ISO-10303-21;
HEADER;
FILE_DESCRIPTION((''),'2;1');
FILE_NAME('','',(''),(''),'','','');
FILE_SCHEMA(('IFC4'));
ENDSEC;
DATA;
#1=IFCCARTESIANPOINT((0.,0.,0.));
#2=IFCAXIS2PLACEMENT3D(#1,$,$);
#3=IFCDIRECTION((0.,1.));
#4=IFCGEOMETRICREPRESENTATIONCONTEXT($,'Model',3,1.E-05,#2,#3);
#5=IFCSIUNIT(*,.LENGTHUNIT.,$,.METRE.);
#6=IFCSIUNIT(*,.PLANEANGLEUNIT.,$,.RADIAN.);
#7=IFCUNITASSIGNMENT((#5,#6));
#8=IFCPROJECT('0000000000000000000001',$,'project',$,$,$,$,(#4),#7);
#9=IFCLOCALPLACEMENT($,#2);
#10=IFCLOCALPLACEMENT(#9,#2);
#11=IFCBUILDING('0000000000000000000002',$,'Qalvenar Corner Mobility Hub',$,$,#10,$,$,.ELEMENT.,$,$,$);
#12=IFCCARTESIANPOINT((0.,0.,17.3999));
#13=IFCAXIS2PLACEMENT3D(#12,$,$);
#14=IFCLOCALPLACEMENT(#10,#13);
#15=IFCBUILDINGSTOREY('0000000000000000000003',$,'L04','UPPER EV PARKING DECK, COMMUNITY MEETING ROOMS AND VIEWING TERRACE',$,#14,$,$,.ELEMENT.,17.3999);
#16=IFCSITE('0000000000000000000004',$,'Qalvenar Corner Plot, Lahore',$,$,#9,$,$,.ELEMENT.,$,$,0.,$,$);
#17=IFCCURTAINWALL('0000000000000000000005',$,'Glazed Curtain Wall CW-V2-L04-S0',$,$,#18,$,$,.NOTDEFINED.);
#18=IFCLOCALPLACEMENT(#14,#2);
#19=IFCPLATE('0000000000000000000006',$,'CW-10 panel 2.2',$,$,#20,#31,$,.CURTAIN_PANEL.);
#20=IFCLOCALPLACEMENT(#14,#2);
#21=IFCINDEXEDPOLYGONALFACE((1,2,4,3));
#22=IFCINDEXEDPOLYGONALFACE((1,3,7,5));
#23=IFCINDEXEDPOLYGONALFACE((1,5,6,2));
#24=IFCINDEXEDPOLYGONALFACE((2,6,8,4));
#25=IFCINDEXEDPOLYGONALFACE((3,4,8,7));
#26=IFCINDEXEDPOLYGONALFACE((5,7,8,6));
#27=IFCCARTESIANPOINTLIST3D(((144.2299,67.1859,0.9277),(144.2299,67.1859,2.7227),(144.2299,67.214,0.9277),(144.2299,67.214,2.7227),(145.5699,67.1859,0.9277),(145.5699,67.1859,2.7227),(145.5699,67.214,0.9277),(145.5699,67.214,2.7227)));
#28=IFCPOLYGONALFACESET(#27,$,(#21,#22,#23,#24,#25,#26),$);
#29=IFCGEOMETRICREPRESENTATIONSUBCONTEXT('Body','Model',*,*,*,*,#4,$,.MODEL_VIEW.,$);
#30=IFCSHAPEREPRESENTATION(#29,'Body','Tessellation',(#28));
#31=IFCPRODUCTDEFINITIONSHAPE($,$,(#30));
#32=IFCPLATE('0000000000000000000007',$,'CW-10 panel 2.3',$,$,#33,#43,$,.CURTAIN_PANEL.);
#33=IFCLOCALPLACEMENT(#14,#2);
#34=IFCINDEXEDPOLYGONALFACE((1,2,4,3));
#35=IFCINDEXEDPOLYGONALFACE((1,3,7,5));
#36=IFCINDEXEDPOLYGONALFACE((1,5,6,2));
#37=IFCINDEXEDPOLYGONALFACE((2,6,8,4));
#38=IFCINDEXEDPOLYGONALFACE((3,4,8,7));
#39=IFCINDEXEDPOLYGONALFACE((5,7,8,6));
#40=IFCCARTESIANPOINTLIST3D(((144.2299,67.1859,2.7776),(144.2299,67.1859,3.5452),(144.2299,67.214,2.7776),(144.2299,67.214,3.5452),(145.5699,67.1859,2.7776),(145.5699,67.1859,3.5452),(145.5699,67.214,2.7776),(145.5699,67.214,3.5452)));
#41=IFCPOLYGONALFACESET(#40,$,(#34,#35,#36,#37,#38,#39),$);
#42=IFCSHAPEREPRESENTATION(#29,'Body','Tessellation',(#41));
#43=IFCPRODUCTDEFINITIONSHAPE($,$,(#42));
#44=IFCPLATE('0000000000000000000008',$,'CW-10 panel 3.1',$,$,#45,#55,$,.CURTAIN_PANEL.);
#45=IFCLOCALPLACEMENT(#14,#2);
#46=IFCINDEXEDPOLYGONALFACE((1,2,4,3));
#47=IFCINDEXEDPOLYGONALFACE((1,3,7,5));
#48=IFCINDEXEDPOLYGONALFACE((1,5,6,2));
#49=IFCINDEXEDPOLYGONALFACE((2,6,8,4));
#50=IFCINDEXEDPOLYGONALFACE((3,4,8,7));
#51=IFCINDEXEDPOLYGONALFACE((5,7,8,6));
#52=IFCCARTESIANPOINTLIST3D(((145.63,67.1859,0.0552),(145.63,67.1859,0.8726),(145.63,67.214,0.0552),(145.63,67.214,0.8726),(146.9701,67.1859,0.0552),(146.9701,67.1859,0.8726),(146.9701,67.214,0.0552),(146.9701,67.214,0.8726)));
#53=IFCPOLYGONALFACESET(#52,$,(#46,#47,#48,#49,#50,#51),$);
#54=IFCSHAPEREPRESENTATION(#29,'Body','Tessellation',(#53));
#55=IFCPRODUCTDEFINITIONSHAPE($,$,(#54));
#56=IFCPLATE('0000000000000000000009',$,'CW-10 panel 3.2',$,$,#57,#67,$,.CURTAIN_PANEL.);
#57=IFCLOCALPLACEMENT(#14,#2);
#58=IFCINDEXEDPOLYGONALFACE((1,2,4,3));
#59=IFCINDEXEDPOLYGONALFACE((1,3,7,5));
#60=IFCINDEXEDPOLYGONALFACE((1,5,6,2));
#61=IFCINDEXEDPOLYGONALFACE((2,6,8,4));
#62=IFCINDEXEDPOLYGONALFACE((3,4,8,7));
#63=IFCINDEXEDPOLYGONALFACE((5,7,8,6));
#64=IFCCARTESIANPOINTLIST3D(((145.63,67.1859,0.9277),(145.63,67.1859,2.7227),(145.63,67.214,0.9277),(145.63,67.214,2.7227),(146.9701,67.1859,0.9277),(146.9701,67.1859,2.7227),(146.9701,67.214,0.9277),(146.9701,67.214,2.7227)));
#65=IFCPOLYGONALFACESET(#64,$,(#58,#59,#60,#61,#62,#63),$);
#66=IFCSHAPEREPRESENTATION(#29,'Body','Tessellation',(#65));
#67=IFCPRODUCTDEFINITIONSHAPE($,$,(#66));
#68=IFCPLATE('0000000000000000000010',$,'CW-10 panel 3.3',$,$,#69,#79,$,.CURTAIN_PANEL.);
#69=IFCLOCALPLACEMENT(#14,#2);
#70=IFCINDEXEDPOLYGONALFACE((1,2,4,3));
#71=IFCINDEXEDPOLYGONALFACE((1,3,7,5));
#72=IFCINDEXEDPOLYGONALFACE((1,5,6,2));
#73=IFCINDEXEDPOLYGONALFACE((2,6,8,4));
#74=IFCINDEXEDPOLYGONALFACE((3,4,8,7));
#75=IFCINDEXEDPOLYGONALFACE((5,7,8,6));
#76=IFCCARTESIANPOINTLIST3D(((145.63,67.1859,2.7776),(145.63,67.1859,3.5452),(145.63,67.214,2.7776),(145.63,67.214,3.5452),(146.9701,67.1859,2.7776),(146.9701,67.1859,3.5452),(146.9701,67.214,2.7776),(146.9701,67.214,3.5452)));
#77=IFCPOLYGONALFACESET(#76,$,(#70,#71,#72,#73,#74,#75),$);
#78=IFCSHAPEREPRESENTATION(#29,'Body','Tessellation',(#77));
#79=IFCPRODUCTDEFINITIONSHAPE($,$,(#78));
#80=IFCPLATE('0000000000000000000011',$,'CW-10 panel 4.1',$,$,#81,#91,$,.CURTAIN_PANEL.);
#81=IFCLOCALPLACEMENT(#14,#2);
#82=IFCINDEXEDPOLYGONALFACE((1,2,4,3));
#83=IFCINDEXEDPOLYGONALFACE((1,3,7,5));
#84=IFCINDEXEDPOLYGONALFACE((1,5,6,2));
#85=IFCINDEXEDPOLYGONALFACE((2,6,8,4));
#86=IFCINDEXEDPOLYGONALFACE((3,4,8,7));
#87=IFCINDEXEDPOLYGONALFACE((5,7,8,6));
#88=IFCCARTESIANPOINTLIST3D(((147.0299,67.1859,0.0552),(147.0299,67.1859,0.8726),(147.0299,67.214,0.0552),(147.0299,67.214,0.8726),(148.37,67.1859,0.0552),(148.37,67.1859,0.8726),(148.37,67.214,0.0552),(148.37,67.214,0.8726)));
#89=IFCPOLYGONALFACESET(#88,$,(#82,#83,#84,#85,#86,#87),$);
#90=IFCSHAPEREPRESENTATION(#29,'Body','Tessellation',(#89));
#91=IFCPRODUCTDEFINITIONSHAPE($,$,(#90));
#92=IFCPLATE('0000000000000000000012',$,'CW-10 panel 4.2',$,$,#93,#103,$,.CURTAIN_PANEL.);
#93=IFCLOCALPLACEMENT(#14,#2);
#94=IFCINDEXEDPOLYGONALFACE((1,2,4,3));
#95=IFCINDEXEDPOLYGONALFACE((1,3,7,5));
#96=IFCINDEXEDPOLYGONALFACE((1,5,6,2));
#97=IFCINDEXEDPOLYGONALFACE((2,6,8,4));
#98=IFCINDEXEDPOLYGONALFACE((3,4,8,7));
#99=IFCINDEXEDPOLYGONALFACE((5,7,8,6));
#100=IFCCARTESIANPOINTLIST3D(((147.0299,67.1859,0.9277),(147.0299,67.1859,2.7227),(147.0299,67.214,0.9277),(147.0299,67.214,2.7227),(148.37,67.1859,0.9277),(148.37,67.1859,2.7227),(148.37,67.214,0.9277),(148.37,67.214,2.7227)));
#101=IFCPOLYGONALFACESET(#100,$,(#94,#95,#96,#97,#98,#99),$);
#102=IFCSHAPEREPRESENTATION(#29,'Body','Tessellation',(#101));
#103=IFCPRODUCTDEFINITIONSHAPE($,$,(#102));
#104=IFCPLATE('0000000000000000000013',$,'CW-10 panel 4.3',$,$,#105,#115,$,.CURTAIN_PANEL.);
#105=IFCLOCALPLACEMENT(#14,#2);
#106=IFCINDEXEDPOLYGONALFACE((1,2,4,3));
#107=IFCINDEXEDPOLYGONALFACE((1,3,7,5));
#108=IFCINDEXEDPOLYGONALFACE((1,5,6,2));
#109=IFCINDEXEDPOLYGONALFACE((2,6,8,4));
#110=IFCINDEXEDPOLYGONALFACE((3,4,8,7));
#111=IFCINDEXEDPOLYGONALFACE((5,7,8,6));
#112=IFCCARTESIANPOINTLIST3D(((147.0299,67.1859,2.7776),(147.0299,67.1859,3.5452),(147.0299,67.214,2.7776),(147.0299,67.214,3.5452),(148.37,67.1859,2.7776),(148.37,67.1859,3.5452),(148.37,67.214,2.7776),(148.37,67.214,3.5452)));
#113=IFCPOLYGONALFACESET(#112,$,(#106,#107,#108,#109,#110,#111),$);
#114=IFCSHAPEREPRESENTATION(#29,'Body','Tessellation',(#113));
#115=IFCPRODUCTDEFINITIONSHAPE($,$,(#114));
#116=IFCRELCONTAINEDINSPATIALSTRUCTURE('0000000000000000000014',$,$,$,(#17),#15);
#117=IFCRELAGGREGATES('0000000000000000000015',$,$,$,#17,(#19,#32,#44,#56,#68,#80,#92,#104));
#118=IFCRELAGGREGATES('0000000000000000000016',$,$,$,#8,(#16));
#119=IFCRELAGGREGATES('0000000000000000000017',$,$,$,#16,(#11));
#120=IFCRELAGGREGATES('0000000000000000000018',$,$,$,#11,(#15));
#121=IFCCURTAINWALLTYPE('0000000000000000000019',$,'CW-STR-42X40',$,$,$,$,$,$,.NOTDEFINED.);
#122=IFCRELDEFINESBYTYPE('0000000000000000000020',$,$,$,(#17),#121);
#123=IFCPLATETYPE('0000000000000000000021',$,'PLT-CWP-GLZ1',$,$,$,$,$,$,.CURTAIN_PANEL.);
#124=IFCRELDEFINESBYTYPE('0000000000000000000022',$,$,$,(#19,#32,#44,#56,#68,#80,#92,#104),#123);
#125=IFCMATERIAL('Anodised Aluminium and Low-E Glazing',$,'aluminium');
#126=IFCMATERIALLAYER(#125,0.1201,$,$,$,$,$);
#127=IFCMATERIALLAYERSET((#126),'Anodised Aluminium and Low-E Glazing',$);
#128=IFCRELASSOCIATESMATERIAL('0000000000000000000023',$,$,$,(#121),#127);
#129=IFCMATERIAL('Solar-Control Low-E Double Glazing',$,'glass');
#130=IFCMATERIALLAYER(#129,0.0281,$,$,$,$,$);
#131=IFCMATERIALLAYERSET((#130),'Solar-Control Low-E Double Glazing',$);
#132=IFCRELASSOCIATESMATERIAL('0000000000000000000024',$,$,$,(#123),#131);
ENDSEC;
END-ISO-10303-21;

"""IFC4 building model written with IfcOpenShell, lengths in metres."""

from ifc_helpers import new_model, si_unit, direction, frame, origin, origin_2d, place, context, subcontext, project, spatial, rectangle, extrude, material, layer, layer_set, type_object, element, aggregate, save


model = new_model("IFC4")

# Units and contexts
model_context = context("Model", 3, precision=1e-05, world=origin(), true_north=direction((0.0, 1.0)))
body_context = subcontext(model_context, "Body", "Model", "MODEL_VIEW")
ifc_project = project(units=[si_unit("LENGTHUNIT", "METRE"), si_unit("PLANEANGLEUNIT", "RADIAN")], contexts=[model_context])

# Site, building, storey
site_placement = place(None, origin())
site = spatial("IfcSite", under=ifc_project, at=site_placement, Name="Qalvenar Corner Plot, Lahore", CompositionType="ELEMENT", RefElevation=0.0)
building_placement = place(site_placement, origin())
building = spatial("IfcBuilding", under=site, at=building_placement, Name="Qalvenar Corner Mobility Hub", CompositionType="ELEMENT")
storey_placement = place(building_placement, frame((0.0, 0.0, 17.3999)))
storey = spatial("IfcBuildingStorey", under=building, at=storey_placement, Name="L04", Description="UPPER EV PARKING DECK, COMMUNITY MEETING ROOMS AND VIEWING TERRACE", CompositionType="ELEMENT", Elevation=17.3999)

# Curtain wall, plates
ifc_material_1 = material(Name="Anodised Aluminium and Low-E Glazing", Category="aluminium")
ifc_layer_1 = layer(ifc_material_1, 0.1201)
ifc_layer_set_1 = layer_set([ifc_layer_1], Name="Anodised Aluminium and Low-E Glazing")
curtain_wall_type = type_object("IfcCurtainWallType", Name="CW-STR-42X40", PredefinedType="NOTDEFINED", material=ifc_layer_set_1)
curtain_wall_placement = place(storey_placement, origin())
curtain_wall = element("IfcCurtainWall", 1, at=curtain_wall_placement, inside=storey, type_object=curtain_wall_type, Name="Glazed Curtain Wall CW-V2-L04-S0", PredefinedType="NOTDEFINED")
ifc_material_2 = material(Name="Solar-Control Low-E Double Glazing", Category="glass")
ifc_layer_2 = layer(ifc_material_2, 0.0281)
ifc_layer_set_2 = layer_set([ifc_layer_2], Name="Solar-Control Low-E Double Glazing")
plate_type = type_object("IfcPlateType", Name="PLT-CWP-GLZ1", PredefinedType="CURTAIN_PANEL", material=ifc_layer_set_2)
plate_1_placement = place(storey_placement, frame((144.8999, 67.2, 0.9277), z_axis=(0.0, 0.0, 1.0), x_axis=(1.0, 0.0, 0.0)))
plate_1 = element("IfcPlate", 2, at=plate_1_placement, type_object=plate_type, Name="CW-10 panel 2.2", PredefinedType="CURTAIN_PANEL", context=body_context, shape_type="SweptSolid", body=[
    extrude(rectangle(XDim=1.3401, YDim=0.0281, at=origin_2d()), origin(), (0.0, 0.0, 1.0), 1.7949),
])
plate_2_placement = place(storey_placement, frame((144.8999, 67.2, 2.7776), z_axis=(0.0, 0.0, 1.0), x_axis=(1.0, 0.0, 0.0)))
plate_2 = element("IfcPlate", 3, at=plate_2_placement, type_object=plate_type, Name="CW-10 panel 2.3", PredefinedType="CURTAIN_PANEL", context=body_context, shape_type="SweptSolid", body=[
    extrude(rectangle(XDim=1.3401, YDim=0.0281, at=origin_2d()), origin(), (0.0, 0.0, 1.0), 0.7676),
])
plate_3_placement = place(storey_placement, frame((146.3, 67.2, 0.0552), z_axis=(0.0, 0.0, 1.0), x_axis=(1.0, 0.0, 0.0)))
plate_3 = element("IfcPlate", 4, at=plate_3_placement, type_object=plate_type, Name="CW-10 panel 3.1", PredefinedType="CURTAIN_PANEL", context=body_context, shape_type="SweptSolid", body=[
    extrude(rectangle(XDim=1.3401, YDim=0.0281, at=origin_2d()), origin(), (0.0, 0.0, 1.0), 0.8174),
])
plate_4_placement = place(storey_placement, frame((146.3, 67.2, 0.9277), z_axis=(0.0, 0.0, 1.0), x_axis=(1.0, 0.0, 0.0)))
plate_4 = element("IfcPlate", 5, at=plate_4_placement, type_object=plate_type, Name="CW-10 panel 3.2", PredefinedType="CURTAIN_PANEL", context=body_context, shape_type="SweptSolid", body=[
    extrude(rectangle(XDim=1.3401, YDim=0.0281, at=origin_2d()), origin(), (0.0, 0.0, 1.0), 1.7949),
])
plate_5_placement = place(storey_placement, frame((146.3, 67.2, 2.7776), z_axis=(0.0, 0.0, 1.0), x_axis=(1.0, 0.0, 0.0)))
plate_5 = element("IfcPlate", 6, at=plate_5_placement, type_object=plate_type, Name="CW-10 panel 3.3", PredefinedType="CURTAIN_PANEL", context=body_context, shape_type="SweptSolid", body=[
    extrude(rectangle(XDim=1.3401, YDim=0.0281, at=origin_2d()), origin(), (0.0, 0.0, 1.0), 0.7676),
])
plate_6_placement = place(storey_placement, frame((147.7, 67.2, 0.0552), z_axis=(0.0, 0.0, 1.0), x_axis=(1.0, 0.0, 0.0)))
plate_6 = element("IfcPlate", 7, at=plate_6_placement, type_object=plate_type, Name="CW-10 panel 4.1", PredefinedType="CURTAIN_PANEL", context=body_context, shape_type="SweptSolid", body=[
    extrude(rectangle(XDim=1.3401, YDim=0.0281, at=origin_2d()), origin(), (0.0, 0.0, 1.0), 0.8174),
])
plate_7_placement = place(storey_placement, frame((147.7, 67.2, 0.9277), z_axis=(0.0, 0.0, 1.0), x_axis=(1.0, 0.0, 0.0)))
plate_7 = element("IfcPlate", 8, at=plate_7_placement, type_object=plate_type, Name="CW-10 panel 4.2", PredefinedType="CURTAIN_PANEL", context=body_context, shape_type="SweptSolid", body=[
    extrude(rectangle(XDim=1.3401, YDim=0.0281, at=origin_2d()), origin(), (0.0, 0.0, 1.0), 1.7949),
])
plate_8_placement = place(storey_placement, frame((147.7, 67.2, 2.7776), z_axis=(0.0, 0.0, 1.0), x_axis=(1.0, 0.0, 0.0)))
plate_8 = element("IfcPlate", 9, at=plate_8_placement, type_object=plate_type, Name="CW-10 panel 4.3", PredefinedType="CURTAIN_PANEL", context=body_context, shape_type="SweptSolid", body=[
    extrude(rectangle(XDim=1.3401, YDim=0.0281, at=origin_2d()), origin(), (0.0, 0.0, 1.0), 0.7676),
])
aggregate(curtain_wall, [plate_1, plate_2, plate_3, plate_4, plate_5, plate_6, plate_7, plate_8])

save(model, "model.ifc")
